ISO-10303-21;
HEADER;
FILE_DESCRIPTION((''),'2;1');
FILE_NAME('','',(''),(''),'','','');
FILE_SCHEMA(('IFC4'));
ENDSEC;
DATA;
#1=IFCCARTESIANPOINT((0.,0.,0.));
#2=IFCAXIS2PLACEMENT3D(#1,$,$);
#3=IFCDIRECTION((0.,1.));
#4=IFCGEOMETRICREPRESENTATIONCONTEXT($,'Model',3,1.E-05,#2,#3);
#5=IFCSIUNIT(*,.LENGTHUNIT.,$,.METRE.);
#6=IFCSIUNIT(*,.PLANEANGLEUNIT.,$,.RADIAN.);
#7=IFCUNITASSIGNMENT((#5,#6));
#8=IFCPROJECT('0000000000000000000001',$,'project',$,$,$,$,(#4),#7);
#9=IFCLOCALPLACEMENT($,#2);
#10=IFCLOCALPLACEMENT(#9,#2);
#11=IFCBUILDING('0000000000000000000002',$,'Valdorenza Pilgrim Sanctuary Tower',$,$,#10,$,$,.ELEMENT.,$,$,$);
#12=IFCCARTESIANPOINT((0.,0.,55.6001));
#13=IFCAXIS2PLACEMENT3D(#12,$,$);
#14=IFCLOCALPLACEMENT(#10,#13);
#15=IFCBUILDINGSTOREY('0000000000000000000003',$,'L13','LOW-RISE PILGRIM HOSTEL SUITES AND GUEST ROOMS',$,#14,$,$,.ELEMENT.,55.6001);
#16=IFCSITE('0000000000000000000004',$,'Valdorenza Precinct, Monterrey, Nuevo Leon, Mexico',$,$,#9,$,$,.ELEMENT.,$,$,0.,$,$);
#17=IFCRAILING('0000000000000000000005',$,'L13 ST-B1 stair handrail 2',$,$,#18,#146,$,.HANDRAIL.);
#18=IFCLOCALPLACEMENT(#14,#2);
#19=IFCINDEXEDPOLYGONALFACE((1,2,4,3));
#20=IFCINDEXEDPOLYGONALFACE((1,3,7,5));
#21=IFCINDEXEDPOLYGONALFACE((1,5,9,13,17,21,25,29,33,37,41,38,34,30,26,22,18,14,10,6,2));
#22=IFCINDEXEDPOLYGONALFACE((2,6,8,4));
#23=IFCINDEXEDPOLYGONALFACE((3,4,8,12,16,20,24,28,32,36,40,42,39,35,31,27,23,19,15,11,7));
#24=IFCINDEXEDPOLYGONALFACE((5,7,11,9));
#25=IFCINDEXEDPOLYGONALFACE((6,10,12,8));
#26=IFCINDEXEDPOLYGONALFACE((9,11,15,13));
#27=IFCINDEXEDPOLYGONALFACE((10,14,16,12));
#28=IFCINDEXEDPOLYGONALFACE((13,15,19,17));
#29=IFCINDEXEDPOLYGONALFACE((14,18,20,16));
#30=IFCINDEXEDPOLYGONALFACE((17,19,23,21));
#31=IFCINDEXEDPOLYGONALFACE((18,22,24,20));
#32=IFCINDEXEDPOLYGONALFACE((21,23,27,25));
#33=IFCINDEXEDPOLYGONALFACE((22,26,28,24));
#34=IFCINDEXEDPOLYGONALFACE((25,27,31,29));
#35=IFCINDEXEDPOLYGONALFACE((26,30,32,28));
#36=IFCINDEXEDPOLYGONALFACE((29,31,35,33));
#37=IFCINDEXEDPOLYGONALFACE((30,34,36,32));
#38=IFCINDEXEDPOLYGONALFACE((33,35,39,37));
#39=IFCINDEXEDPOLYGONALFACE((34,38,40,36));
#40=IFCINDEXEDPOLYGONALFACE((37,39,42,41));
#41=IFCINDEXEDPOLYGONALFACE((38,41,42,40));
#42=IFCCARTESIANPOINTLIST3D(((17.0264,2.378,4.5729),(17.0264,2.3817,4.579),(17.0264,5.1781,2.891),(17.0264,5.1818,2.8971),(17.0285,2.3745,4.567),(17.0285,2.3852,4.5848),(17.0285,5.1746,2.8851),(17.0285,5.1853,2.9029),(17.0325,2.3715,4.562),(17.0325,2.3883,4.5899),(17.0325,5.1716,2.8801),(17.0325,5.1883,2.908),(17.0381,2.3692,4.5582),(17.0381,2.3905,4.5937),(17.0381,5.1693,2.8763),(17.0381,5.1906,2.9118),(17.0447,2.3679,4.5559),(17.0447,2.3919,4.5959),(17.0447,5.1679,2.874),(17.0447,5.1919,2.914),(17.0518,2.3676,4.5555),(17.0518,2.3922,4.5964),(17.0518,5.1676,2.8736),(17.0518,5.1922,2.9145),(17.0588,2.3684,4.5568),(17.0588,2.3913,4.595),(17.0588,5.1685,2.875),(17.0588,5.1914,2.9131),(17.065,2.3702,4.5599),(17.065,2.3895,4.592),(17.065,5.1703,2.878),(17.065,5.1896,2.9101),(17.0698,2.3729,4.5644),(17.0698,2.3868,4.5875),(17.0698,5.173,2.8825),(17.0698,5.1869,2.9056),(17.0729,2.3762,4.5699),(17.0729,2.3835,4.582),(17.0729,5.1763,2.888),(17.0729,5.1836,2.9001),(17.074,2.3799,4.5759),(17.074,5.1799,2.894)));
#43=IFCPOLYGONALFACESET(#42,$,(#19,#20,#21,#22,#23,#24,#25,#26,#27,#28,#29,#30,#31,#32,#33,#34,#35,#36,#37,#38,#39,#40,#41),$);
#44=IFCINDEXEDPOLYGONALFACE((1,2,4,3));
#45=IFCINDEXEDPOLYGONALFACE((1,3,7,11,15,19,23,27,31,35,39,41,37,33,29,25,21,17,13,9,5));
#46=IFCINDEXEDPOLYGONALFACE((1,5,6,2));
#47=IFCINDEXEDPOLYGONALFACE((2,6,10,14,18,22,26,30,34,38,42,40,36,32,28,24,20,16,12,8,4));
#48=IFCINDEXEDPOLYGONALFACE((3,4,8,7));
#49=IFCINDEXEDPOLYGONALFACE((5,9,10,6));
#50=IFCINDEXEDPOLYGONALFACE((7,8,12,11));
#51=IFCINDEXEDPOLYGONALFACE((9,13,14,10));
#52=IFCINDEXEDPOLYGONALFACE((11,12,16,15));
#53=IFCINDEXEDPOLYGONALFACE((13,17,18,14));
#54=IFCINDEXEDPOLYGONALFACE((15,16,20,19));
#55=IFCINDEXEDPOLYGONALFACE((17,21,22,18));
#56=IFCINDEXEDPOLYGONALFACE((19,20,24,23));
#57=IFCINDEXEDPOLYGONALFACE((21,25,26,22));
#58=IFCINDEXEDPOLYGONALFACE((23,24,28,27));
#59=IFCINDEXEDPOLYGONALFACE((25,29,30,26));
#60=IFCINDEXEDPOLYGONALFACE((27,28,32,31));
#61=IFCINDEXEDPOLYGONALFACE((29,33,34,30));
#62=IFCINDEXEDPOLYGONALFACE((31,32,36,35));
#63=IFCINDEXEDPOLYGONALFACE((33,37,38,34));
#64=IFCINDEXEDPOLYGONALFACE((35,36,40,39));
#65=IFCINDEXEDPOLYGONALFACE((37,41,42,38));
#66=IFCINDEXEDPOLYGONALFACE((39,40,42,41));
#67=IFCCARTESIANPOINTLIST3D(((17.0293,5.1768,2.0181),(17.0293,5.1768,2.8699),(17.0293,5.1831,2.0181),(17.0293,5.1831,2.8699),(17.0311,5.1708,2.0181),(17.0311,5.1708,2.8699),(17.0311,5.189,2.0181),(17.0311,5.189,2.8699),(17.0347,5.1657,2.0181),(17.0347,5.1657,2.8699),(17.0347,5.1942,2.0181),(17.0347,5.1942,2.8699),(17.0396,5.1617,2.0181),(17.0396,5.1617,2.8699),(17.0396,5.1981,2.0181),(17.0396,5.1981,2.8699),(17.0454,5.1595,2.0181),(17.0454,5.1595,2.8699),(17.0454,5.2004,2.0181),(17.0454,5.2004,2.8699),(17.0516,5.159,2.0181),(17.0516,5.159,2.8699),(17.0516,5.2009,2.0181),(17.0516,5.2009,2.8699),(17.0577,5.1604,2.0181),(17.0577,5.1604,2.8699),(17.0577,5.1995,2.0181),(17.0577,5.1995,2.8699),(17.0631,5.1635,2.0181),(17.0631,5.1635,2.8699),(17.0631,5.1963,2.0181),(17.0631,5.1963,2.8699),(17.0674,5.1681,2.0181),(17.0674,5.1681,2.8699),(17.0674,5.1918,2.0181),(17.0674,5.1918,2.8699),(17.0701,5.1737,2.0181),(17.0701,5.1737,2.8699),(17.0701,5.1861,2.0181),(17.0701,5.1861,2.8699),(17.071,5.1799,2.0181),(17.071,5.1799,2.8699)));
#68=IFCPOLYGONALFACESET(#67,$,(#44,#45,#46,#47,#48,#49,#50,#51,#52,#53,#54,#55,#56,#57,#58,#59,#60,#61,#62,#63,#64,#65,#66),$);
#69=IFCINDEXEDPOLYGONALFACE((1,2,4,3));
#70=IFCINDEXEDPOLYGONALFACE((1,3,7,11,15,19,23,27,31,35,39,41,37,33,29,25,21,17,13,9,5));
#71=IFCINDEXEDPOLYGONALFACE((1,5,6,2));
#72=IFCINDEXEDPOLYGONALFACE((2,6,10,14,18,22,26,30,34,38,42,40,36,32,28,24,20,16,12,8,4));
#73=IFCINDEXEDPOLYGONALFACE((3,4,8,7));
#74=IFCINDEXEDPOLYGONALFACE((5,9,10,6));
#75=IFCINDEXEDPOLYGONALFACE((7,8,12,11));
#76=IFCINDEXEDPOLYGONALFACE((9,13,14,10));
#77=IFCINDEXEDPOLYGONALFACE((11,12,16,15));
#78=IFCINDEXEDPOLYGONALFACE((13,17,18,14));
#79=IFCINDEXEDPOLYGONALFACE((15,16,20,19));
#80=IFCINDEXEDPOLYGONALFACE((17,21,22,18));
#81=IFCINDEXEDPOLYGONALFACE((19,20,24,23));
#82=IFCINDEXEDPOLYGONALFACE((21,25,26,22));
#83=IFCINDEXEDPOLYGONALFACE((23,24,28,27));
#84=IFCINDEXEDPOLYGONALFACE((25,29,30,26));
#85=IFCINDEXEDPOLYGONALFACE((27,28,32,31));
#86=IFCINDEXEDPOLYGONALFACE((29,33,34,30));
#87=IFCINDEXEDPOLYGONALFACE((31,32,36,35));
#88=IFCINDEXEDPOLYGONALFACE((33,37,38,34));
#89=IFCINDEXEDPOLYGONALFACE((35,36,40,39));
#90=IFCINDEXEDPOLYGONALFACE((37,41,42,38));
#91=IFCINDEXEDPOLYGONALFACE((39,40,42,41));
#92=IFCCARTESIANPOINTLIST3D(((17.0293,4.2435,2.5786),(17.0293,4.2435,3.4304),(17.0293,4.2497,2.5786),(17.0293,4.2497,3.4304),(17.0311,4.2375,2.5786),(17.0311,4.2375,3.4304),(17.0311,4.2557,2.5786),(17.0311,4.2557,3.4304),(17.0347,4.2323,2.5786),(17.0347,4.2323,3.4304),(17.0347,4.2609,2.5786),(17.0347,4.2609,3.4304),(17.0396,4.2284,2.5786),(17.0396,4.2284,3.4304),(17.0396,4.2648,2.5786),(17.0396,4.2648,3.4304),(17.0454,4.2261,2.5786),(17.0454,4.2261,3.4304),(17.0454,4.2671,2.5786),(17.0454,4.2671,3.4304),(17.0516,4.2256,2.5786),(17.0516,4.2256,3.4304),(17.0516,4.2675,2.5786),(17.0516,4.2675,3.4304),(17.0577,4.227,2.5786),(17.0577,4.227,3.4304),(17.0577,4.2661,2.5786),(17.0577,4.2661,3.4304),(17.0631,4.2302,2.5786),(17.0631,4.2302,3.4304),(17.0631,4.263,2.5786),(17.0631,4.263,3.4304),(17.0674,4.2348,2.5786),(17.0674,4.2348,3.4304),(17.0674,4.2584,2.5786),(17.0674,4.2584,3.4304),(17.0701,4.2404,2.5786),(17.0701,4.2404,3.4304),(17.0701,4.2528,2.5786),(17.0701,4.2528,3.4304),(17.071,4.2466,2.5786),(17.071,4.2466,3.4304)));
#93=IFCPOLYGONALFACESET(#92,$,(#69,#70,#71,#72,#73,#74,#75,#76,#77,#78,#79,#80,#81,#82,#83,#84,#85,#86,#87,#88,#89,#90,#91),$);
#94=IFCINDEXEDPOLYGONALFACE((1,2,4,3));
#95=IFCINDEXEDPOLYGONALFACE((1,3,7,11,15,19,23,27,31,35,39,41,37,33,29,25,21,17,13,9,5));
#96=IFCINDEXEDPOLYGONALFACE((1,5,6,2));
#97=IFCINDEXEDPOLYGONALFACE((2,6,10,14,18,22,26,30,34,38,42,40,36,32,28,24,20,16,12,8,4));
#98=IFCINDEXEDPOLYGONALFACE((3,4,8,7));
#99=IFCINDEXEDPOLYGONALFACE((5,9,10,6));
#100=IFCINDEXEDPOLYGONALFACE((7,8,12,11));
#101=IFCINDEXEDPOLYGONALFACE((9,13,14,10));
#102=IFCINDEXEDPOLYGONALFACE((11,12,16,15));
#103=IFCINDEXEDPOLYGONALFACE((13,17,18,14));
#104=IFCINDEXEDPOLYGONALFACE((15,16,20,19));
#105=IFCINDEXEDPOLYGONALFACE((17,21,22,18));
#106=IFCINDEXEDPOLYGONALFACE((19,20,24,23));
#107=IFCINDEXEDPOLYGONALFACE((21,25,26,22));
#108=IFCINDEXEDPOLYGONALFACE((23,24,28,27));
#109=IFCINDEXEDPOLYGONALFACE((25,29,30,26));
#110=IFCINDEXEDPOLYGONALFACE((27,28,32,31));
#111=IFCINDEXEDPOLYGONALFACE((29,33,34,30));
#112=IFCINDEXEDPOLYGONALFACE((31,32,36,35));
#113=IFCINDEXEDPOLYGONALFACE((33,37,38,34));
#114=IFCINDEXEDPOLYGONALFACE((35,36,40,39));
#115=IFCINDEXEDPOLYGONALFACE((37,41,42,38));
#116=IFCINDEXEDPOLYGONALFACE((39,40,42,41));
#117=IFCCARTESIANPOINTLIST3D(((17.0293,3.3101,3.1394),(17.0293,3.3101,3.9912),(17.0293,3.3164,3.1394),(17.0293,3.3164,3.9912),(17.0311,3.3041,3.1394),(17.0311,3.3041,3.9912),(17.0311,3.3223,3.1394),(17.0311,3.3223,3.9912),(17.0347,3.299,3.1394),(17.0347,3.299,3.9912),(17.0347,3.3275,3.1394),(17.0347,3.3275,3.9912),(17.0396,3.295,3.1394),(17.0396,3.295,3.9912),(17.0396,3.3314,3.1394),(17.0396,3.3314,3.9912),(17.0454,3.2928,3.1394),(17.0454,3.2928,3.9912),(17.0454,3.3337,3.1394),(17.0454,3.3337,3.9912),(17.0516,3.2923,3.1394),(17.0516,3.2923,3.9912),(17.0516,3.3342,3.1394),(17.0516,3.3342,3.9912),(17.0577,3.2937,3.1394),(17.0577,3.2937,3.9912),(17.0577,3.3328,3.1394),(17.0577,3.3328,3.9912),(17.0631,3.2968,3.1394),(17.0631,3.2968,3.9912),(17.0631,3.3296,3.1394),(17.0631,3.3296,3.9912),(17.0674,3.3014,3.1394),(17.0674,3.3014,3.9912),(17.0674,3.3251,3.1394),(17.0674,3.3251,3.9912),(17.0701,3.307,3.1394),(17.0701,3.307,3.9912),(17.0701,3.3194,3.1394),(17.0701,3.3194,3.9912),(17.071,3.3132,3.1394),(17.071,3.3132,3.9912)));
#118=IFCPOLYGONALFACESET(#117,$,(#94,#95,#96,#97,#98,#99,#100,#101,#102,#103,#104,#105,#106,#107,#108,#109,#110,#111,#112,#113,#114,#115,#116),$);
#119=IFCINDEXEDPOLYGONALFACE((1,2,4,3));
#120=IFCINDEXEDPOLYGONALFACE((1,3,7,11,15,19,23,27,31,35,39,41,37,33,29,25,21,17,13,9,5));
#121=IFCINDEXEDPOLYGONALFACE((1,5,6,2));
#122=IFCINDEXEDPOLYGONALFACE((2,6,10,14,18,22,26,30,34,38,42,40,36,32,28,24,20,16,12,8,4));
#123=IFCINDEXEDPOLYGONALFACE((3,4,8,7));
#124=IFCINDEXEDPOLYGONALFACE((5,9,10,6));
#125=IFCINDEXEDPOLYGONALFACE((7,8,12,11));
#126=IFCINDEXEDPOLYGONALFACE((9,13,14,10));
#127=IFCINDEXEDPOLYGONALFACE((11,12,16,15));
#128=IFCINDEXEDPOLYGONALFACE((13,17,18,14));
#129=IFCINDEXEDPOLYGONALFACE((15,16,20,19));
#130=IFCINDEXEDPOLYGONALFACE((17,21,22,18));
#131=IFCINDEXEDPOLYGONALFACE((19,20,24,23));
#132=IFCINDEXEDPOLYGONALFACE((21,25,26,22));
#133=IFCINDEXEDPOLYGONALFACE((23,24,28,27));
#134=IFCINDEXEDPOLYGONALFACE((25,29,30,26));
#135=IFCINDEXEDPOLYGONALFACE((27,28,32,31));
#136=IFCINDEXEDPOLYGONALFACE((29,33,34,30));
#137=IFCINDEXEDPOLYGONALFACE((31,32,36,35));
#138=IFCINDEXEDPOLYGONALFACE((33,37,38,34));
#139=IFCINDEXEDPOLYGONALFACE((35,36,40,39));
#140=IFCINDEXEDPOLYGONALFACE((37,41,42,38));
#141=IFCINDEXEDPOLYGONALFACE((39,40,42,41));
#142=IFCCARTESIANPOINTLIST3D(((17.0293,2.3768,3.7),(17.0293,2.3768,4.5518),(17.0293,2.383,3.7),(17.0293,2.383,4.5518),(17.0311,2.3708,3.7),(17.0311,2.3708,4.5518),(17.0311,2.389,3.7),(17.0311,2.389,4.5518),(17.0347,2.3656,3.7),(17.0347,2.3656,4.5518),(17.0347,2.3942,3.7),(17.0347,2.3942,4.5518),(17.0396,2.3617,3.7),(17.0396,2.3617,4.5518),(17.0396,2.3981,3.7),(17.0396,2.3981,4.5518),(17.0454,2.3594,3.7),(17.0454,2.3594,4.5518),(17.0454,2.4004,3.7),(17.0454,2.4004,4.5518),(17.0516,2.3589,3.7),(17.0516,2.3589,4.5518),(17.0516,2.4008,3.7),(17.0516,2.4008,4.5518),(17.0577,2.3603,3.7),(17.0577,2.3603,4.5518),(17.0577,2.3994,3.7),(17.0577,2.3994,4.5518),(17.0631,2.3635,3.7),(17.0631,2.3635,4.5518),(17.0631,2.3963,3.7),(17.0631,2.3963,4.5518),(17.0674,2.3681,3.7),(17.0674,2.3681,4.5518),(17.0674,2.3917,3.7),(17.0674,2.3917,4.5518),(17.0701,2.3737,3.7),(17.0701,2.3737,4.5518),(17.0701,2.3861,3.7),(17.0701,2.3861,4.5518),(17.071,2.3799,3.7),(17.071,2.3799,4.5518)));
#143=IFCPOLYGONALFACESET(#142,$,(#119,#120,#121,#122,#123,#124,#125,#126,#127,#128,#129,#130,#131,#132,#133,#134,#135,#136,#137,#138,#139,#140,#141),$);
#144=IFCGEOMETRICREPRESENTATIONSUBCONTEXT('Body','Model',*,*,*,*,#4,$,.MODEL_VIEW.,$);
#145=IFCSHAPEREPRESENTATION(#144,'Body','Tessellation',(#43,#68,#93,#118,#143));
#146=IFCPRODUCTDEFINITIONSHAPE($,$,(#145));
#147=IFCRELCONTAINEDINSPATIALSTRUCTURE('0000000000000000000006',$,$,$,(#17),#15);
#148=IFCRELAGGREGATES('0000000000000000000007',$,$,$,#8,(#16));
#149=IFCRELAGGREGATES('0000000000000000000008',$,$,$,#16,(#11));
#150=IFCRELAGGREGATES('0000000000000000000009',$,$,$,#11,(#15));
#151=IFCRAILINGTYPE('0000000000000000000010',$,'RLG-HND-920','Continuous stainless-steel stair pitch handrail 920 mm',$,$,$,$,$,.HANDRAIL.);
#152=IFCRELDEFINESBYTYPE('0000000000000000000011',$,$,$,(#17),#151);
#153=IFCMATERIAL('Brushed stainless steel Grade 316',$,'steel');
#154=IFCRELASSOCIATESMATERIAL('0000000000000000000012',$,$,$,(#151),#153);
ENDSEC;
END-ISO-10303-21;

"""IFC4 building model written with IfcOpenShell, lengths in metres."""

from ifc_helpers import new_model, si_unit, direction, frame, origin, origin_2d, place, context, subcontext, project, spatial, circle, extrude, material, type_object, element, save


model = new_model("IFC4")

# Units and contexts
model_context = context("Model", 3, precision=1e-05, world=origin(), true_north=direction((0.0, 1.0)))
body_context = subcontext(model_context, "Body", "Model", "MODEL_VIEW")
ifc_project = project(units=[si_unit("LENGTHUNIT", "METRE"), si_unit("PLANEANGLEUNIT", "RADIAN")], contexts=[model_context])

# Site, building, storey
site_placement = place(None, origin())
site = spatial("IfcSite", under=ifc_project, at=site_placement, Name="Valdorenza Precinct, Monterrey, Nuevo Leon, Mexico", CompositionType="ELEMENT", RefElevation=0.0)
building_placement = place(site_placement, origin())
building = spatial("IfcBuilding", under=site, at=building_placement, Name="Valdorenza Pilgrim Sanctuary Tower", CompositionType="ELEMENT")
storey_placement = place(building_placement, frame((0.0, 0.0, 55.6001)))
storey = spatial("IfcBuildingStorey", under=building, at=storey_placement, Name="L13", Description="LOW-RISE PILGRIM HOSTEL SUITES AND GUEST ROOMS", CompositionType="ELEMENT", Elevation=55.6001)

# Railing
ifc_material_1 = material(Name="Brushed stainless steel Grade 316", Category="steel")
railing_type_1 = type_object("IfcRailingType", Name="RLG-HND-920", Description="Continuous stainless-steel stair pitch handrail 920 mm", PredefinedType="HANDRAIL", material=ifc_material_1)
railing_1_placement = place(storey_placement, frame((17.05, 5.1799, 2.0181)))
element("IfcRailing", 1, at=railing_1_placement, inside=storey, type_object=railing_type_1, Name="L13 ST-B1 stair handrail 2", PredefinedType="HANDRAIL", context=body_context, shape_type="SweptSolid", body=[
    extrude(circle(Radius=0.0239, at=origin_2d()), frame((0.0, 0.0, 0.876), z_axis=(0.0, -0.857242, 0.514913), x_axis=(1.0, 0.0, 0.0)), (0.0, 0.0, 1.0), 3.2664),
    extrude(circle(Radius=0.021, at=origin_2d()), origin(), (0.0, 0.0, 1.0), 0.8518),
    extrude(circle(Radius=0.021, at=origin_2d()), frame((0.0, -0.9333, 0.5605)), (0.0, 0.0, 1.0), 0.8518),
    extrude(circle(Radius=0.021, at=origin_2d()), frame((0.0, -1.8667, 1.1213)), (0.0, 0.0, 1.0), 0.8518),
    extrude(circle(Radius=0.021, at=origin_2d()), frame((0.0, -2.8, 1.6819)), (0.0, 0.0, 1.0), 0.8518),
])

save(model, "model.ifc")
